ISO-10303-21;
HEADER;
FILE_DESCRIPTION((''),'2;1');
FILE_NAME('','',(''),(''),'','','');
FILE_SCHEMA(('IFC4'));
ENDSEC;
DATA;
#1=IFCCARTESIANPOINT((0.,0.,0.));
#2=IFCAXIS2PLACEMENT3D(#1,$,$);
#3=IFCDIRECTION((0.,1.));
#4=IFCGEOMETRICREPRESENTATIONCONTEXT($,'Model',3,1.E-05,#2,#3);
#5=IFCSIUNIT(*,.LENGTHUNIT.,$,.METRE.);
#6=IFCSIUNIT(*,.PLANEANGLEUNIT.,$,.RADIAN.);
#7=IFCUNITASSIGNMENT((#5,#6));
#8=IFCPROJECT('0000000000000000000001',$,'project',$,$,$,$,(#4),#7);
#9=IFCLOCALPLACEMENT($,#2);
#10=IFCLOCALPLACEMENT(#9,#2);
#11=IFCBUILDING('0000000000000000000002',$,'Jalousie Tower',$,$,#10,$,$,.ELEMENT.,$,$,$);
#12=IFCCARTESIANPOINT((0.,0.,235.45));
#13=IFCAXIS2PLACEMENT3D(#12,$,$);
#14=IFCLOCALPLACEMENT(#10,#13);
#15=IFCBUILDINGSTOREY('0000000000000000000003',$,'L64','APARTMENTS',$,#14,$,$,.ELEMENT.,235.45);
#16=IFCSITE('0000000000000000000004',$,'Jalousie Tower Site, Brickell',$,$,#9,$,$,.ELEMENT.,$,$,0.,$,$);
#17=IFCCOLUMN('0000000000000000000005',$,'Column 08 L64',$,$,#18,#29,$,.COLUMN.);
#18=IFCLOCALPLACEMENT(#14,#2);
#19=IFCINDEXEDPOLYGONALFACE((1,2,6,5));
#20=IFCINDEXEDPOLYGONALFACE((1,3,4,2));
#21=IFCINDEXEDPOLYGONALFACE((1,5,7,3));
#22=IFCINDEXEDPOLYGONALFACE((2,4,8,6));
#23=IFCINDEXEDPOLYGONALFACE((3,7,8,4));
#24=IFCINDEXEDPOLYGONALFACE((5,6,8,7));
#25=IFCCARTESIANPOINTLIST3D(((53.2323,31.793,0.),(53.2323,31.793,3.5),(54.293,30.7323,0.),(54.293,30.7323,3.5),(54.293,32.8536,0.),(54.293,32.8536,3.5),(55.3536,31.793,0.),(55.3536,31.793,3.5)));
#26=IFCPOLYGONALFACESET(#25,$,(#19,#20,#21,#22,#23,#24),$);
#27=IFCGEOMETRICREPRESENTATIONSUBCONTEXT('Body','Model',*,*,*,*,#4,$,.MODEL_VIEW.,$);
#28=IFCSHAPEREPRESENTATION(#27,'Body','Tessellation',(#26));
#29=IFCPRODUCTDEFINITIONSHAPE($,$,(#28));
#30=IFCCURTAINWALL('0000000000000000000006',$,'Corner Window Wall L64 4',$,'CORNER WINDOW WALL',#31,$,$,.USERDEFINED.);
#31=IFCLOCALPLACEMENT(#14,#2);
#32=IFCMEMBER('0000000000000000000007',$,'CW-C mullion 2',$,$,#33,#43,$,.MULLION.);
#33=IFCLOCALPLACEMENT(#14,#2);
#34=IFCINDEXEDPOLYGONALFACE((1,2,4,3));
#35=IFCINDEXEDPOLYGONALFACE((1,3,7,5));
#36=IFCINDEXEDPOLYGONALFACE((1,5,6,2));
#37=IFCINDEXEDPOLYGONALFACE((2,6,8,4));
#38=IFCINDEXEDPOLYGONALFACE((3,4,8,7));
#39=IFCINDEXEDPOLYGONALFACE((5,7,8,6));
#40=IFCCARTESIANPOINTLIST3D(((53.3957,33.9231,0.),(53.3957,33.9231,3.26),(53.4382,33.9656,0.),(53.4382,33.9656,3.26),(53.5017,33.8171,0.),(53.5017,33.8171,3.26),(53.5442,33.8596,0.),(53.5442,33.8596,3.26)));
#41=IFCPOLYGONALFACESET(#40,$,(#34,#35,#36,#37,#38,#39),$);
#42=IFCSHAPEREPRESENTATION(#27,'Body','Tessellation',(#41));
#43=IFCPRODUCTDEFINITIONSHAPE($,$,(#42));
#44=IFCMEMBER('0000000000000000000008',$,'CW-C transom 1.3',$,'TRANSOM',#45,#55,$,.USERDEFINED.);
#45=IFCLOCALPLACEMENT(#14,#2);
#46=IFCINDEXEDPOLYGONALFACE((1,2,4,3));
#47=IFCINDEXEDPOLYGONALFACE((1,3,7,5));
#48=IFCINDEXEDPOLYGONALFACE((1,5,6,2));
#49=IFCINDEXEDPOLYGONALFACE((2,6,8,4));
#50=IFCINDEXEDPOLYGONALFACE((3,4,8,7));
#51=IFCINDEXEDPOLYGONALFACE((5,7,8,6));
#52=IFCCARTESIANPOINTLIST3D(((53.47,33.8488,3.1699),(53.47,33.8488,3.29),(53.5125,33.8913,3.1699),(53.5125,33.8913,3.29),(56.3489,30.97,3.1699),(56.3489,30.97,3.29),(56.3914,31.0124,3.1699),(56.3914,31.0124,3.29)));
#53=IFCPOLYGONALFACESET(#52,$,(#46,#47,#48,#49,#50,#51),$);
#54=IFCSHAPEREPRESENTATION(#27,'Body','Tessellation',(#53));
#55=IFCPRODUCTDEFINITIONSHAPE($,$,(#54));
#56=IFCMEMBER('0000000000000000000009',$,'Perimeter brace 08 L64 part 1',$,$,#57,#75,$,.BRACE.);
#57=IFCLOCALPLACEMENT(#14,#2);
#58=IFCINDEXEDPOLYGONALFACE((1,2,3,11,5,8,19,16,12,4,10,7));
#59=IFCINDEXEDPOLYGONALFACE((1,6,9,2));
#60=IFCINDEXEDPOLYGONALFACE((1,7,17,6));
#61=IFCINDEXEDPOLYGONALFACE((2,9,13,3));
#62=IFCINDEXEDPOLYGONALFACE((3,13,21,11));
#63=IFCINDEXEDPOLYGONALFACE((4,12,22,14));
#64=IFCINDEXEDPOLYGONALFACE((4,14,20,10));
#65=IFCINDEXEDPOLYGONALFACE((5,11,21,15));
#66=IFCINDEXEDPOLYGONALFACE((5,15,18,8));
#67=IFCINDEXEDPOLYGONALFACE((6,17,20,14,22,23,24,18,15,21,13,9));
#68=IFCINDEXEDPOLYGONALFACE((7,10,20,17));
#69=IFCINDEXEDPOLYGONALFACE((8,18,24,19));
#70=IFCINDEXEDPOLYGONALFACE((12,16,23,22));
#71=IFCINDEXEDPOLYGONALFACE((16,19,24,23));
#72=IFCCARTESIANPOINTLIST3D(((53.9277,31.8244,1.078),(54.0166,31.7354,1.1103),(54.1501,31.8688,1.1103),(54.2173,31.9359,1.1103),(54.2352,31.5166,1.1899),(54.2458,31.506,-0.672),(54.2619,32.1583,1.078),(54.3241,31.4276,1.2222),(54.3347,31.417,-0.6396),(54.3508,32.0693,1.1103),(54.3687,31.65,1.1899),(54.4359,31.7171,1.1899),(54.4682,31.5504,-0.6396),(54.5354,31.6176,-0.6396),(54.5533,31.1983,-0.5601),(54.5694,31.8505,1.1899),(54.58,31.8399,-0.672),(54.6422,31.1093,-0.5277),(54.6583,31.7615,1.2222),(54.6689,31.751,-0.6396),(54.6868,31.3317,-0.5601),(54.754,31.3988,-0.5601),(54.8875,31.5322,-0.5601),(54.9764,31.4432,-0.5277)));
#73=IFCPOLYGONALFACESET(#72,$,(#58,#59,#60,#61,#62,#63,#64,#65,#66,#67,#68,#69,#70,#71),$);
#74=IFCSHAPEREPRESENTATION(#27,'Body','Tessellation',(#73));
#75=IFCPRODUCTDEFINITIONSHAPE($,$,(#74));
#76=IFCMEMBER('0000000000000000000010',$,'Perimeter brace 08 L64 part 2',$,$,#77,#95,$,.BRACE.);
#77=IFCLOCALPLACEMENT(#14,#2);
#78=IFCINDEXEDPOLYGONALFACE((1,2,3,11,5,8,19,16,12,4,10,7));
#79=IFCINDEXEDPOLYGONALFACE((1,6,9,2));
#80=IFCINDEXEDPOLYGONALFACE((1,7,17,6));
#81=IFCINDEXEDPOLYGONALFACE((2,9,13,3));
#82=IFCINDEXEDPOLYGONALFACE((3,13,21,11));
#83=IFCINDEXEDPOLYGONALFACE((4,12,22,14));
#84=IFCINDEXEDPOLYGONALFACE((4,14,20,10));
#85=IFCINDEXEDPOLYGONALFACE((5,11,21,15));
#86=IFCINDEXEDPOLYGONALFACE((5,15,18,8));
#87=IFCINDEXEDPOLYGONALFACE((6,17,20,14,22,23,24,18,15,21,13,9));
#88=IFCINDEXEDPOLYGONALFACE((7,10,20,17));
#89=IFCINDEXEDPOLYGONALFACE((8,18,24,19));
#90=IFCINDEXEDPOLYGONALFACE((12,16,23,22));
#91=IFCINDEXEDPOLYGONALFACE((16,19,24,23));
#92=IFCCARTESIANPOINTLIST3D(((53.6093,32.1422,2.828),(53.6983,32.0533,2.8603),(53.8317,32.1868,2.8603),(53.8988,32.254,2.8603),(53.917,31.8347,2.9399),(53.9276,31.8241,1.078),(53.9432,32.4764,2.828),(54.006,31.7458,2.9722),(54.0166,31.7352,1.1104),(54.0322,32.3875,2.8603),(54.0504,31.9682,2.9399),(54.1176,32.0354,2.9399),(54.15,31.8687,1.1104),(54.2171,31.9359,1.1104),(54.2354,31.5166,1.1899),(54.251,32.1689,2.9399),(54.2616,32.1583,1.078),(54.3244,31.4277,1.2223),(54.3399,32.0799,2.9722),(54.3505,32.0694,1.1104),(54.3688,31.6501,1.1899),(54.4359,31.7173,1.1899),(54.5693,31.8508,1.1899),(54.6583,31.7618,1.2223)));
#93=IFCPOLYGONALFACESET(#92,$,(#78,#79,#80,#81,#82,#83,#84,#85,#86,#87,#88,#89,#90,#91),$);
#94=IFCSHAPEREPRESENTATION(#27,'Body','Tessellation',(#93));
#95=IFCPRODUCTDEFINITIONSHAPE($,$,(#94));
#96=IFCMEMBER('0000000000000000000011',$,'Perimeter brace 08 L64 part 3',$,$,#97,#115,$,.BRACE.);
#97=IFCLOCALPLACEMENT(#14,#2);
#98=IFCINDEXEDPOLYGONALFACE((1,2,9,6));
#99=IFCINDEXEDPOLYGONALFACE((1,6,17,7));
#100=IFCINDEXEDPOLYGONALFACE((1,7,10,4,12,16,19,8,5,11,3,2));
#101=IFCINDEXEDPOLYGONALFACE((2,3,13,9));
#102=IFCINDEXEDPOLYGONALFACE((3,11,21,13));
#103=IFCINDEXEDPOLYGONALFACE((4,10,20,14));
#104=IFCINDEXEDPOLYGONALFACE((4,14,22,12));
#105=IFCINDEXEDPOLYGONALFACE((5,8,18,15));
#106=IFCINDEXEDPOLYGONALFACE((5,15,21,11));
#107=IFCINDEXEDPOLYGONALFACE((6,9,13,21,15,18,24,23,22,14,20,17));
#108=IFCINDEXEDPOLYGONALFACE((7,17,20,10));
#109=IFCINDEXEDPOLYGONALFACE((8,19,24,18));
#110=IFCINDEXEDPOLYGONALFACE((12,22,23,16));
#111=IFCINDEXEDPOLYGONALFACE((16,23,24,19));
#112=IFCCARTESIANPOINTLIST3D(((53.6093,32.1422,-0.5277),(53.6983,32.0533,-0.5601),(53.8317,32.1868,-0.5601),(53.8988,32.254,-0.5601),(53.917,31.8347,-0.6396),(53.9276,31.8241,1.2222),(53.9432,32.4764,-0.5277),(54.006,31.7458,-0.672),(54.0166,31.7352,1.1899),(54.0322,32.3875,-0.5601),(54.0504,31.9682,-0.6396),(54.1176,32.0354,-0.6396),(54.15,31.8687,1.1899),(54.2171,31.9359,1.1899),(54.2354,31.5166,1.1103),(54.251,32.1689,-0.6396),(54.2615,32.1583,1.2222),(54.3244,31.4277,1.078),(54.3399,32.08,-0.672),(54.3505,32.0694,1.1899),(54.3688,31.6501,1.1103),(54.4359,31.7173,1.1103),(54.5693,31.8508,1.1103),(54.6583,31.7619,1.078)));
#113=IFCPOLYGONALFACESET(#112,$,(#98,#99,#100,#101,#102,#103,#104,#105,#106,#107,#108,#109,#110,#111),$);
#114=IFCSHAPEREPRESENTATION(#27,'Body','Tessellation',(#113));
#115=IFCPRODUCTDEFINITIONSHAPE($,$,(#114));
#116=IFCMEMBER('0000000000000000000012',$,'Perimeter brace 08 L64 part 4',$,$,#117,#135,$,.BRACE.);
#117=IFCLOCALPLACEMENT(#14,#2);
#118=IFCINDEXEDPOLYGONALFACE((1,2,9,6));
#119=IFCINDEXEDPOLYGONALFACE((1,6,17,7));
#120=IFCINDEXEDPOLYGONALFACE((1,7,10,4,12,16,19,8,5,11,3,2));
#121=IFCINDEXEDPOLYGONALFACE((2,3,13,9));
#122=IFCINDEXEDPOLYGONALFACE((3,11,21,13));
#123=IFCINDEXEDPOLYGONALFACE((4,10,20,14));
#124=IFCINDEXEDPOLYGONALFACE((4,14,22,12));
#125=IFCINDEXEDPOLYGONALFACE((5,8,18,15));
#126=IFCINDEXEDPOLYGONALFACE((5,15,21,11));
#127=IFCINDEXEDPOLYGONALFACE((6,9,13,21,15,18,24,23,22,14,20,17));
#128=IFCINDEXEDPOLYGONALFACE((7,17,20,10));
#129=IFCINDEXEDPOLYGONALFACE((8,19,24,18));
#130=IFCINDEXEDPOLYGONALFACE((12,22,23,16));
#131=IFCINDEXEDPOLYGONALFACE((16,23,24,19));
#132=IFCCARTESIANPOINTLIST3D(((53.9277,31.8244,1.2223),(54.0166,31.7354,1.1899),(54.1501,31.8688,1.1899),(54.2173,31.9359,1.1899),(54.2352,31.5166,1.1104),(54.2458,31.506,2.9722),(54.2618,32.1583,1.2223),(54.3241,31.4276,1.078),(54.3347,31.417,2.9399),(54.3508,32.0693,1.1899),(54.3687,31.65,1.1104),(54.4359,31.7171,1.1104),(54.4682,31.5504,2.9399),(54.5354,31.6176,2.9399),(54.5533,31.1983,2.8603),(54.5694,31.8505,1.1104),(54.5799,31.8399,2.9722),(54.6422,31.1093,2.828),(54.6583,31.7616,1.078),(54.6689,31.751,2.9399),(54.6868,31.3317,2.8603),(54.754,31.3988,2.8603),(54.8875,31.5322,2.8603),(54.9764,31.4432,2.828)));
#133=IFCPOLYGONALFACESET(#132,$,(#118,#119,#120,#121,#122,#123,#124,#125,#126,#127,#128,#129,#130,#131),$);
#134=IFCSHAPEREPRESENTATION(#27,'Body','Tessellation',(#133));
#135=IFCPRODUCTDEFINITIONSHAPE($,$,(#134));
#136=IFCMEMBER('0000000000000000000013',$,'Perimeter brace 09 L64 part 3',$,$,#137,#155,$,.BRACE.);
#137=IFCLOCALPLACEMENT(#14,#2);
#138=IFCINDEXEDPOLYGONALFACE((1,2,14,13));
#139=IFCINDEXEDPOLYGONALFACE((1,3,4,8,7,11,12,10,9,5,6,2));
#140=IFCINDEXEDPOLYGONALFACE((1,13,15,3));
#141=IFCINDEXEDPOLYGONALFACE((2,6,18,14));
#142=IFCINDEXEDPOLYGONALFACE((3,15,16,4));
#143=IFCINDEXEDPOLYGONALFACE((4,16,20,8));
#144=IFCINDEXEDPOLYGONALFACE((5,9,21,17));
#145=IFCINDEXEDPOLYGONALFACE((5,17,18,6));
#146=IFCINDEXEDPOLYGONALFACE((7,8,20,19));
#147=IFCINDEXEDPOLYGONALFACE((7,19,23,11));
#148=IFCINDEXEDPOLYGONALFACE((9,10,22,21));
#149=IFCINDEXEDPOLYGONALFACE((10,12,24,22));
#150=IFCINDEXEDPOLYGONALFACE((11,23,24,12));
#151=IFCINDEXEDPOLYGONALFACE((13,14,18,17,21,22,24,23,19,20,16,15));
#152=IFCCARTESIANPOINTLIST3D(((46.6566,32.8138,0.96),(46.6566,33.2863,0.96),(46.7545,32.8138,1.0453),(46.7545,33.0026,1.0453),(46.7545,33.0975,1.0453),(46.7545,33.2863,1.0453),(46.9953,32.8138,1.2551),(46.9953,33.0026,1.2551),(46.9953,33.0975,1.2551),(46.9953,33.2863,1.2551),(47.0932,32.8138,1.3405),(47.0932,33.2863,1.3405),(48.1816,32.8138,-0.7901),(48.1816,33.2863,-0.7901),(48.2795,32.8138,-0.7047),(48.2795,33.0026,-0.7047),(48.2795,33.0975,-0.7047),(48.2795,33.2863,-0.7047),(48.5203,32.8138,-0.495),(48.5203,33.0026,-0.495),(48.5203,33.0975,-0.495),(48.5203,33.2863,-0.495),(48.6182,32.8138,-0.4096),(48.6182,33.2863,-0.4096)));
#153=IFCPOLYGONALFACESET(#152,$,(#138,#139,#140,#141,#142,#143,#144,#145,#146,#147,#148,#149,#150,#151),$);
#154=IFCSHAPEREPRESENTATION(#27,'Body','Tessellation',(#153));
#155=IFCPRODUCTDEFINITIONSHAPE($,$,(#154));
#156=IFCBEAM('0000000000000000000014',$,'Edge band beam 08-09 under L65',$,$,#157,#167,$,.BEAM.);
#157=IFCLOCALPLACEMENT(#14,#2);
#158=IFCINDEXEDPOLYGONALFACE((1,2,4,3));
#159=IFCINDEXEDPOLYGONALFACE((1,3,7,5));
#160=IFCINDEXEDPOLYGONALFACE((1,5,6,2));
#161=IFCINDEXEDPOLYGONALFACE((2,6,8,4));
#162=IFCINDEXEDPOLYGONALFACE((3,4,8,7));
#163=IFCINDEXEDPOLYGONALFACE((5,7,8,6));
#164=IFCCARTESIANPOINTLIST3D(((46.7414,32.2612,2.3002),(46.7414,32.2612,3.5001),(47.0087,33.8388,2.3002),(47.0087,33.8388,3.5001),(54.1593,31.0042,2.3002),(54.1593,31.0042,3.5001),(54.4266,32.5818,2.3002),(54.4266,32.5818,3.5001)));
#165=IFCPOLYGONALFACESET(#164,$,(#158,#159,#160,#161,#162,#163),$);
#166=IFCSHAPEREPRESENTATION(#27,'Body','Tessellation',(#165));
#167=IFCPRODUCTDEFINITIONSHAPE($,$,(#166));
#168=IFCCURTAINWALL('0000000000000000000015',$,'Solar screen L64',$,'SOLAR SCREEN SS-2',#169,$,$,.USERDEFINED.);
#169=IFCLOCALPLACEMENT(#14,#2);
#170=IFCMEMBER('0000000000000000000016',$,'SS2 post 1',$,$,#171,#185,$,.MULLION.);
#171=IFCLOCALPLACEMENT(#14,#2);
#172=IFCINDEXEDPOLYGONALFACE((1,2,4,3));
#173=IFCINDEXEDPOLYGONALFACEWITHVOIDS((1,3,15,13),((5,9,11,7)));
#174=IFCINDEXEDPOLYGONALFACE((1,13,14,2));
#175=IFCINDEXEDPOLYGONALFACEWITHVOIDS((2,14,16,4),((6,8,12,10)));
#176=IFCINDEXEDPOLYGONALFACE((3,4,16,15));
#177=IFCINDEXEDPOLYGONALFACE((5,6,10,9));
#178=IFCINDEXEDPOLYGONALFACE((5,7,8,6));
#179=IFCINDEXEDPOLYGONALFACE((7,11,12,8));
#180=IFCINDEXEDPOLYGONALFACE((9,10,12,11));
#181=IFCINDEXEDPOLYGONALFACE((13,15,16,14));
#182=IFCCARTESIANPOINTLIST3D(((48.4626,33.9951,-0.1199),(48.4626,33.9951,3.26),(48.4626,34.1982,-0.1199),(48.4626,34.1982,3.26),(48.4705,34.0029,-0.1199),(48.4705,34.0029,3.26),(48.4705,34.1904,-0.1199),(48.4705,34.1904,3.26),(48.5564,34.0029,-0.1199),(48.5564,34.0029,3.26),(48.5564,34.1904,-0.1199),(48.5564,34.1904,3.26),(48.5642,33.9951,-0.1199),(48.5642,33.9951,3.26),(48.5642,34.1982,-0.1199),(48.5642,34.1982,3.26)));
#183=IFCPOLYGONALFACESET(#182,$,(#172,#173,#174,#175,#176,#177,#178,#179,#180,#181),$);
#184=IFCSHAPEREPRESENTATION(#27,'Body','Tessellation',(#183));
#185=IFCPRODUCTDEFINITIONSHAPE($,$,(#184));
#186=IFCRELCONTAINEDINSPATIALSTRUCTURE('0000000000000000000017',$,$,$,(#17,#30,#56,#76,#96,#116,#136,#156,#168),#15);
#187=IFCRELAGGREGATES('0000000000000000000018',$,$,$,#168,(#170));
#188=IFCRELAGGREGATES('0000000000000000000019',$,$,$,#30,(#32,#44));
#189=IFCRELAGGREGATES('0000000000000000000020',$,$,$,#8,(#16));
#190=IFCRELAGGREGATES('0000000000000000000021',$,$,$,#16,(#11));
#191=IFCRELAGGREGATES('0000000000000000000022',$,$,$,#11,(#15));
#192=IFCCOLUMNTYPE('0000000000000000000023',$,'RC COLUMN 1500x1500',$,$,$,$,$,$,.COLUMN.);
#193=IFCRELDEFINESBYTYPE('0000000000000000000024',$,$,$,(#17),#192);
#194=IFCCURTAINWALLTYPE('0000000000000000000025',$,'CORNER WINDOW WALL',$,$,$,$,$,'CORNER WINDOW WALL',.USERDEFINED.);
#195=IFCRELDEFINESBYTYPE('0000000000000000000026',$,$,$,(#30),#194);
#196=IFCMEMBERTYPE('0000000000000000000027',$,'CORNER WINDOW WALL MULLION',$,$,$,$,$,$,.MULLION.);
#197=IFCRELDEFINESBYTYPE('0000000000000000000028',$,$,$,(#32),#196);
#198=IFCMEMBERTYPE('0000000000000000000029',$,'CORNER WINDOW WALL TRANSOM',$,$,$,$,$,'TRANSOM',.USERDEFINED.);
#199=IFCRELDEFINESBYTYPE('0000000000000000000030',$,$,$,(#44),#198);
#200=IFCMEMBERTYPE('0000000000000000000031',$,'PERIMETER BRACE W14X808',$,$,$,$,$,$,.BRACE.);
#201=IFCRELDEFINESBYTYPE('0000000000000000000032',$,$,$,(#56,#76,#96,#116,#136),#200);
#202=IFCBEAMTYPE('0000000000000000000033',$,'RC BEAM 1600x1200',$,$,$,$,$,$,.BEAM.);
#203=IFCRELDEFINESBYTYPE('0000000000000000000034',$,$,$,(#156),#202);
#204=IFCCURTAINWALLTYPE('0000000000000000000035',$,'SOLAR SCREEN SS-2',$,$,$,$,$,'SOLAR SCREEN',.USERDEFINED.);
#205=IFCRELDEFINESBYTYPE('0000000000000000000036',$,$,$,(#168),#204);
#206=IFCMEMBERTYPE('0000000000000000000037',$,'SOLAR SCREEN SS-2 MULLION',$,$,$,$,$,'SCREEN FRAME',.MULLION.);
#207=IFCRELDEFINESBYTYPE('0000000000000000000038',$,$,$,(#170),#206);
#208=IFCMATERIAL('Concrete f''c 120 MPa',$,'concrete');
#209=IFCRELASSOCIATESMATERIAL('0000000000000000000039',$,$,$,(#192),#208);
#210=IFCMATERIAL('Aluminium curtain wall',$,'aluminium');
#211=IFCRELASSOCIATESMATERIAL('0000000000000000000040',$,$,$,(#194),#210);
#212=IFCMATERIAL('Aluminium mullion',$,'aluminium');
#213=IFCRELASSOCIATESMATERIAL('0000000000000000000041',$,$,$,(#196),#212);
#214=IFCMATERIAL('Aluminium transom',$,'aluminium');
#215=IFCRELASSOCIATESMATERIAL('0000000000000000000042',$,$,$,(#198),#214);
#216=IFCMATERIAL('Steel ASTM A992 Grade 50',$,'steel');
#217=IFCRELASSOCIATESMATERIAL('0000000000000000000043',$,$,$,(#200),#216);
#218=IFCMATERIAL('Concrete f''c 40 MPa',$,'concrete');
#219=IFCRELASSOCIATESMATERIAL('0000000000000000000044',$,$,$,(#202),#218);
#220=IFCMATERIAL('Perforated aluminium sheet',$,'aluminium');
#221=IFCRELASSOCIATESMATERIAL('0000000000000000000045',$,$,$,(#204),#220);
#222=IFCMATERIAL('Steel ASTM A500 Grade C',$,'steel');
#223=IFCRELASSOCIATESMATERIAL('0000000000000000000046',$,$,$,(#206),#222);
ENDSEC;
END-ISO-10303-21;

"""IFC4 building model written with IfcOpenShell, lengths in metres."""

from ifc_helpers import new_model, si_unit, direction, frame, origin, origin_2d, place, context, subcontext, project, spatial, rectangle, hollow_rectangle, i_section, extrude, material, material_profile, profile_set, type_object, element, aggregate, save


model = new_model("IFC4")

# Units and contexts
model_context = context("Model", 3, precision=1e-05, world=origin(), true_north=direction((0.0, 1.0)))
body_context = subcontext(model_context, "Body", "Model", "MODEL_VIEW")
ifc_project = project(units=[si_unit("LENGTHUNIT", "METRE"), si_unit("PLANEANGLEUNIT", "RADIAN")], contexts=[model_context])

# Site, building, storey
site_placement = place(None, origin())
site = spatial("IfcSite", under=ifc_project, at=site_placement, Name="Jalousie Tower Site, Brickell", CompositionType="ELEMENT", RefElevation=0.0)
building_placement = place(site_placement, origin())
building = spatial("IfcBuilding", under=site, at=building_placement, Name="Jalousie Tower", CompositionType="ELEMENT")
storey_placement = place(building_placement, frame((0.0, 0.0, 235.45)))
storey = spatial("IfcBuildingStorey", under=building, at=storey_placement, Name="L64", Description="APARTMENTS", CompositionType="ELEMENT", Elevation=235.45)

# Column
ifc_material_1 = material(Name="Concrete f'c 120 MPa", Category="concrete")
ifc_material_profile_1 = material_profile(ifc_material_1, rectangle(XDim=1.5, YDim=1.5, at=origin_2d()), Name="RC 1500x1500")
ifc_profile_set_1 = profile_set([ifc_material_profile_1], Name="Concrete f'c 120 MPa")
column_type = type_object("IfcColumnType", Name="RC COLUMN 1500x1500", PredefinedType="COLUMN", material=ifc_profile_set_1)
column_placement = place(storey_placement, frame((54.293, 31.793, 0.0), z_axis=(0.0, 0.0, 1.0), x_axis=(0.707107, 0.707107, 0.0)))
element("IfcColumn", 1, at=column_placement, inside=storey, type_object=column_type, Name="Column 08 L64", PredefinedType="COLUMN", context=body_context, shape_type="SweptSolid", body=[
    extrude(rectangle(XDim=1.5, YDim=1.5, at=origin_2d()), origin(), (0.0, 0.0, 1.0), 3.5),
])

# Curtain wall, members
ifc_material_2 = material(Name="Aluminium curtain wall", Category="aluminium")
curtain_wall_type_1 = type_object("IfcCurtainWallType", Name="CORNER WINDOW WALL", ElementType="CORNER WINDOW WALL", PredefinedType="USERDEFINED", material=ifc_material_2)
curtain_wall_1_placement = place(storey_placement, origin())
curtain_wall_1 = element("IfcCurtainWall", 2, at=curtain_wall_1_placement, inside=storey, type_object=curtain_wall_type_1, Name="Corner Window Wall L64 4", ObjectType="CORNER WINDOW WALL", PredefinedType="USERDEFINED")
ifc_material_3 = material(Name="Aluminium mullion", Category="aluminium")
ifc_material_profile_2 = material_profile(ifc_material_3, rectangle(XDim=0.0601, YDim=0.1499, at=origin_2d()), Name="MULLION 60x150")
ifc_profile_set_2 = profile_set([ifc_material_profile_2], Name="Aluminium mullion")
member_type_1 = type_object("IfcMemberType", Name="CORNER WINDOW WALL MULLION", PredefinedType="MULLION", material=ifc_profile_set_2)
member_1_placement = place(storey_placement, frame((53.47, 33.8914, 0.0), z_axis=(0.0, 0.0, 1.0), x_axis=(-0.707107, -0.707107, 0.0)))
member_1 = element("IfcMember", 3, at=member_1_placement, type_object=member_type_1, Name="CW-C mullion 2", PredefinedType="MULLION", context=body_context, shape_type="SweptSolid", body=[
    extrude(rectangle(XDim=0.0601, YDim=0.1499, at=origin_2d()), origin(), (0.0, 0.0, 1.0), 3.26),
])
ifc_material_4 = material(Name="Aluminium transom", Category="aluminium")
ifc_material_profile_3 = material_profile(ifc_material_4, rectangle(XDim=0.0601, YDim=0.1201, at=origin_2d()), Name="TRANSOM 60x120")
ifc_profile_set_3 = profile_set([ifc_material_profile_3], Name="Aluminium transom")
member_type_2 = type_object("IfcMemberType", Name="CORNER WINDOW WALL TRANSOM", ElementType="TRANSOM", PredefinedType="USERDEFINED", material=ifc_profile_set_3)
member_2_placement = place(storey_placement, frame((56.3701, 30.9912, 3.23), z_axis=(-0.707107, 0.707107, 0.0), x_axis=(-0.707107, -0.707107, 0.0)))
member_2 = element("IfcMember", 4, at=member_2_placement, type_object=member_type_2, Name="CW-C transom 1.3", ObjectType="TRANSOM", PredefinedType="USERDEFINED", context=body_context, shape_type="SweptSolid", body=[
    extrude(rectangle(XDim=0.0601, YDim=0.1201, at=origin_2d()), origin(), (0.0, 0.0, 1.0), 4.0713),
])

# Members
ifc_material_5 = material(Name="Steel ASTM A992 Grade 50", Category="steel")
ifc_material_profile_4 = material_profile(ifc_material_5, i_section(OverallWidth=0.4724, OverallDepth=0.5791, WebThickness=0.095, FlangeThickness=0.1299, at=origin_2d()), Name="W14X808")
ifc_profile_set_4 = profile_set([ifc_material_profile_4], Name="Steel ASTM A992 Grade 50")
member_type_3 = type_object("IfcMemberType", Name="PERIMETER BRACE W14X808", PredefinedType="BRACE", material=ifc_profile_set_4)
for number, where, z_axis, x_axis, name in (
    (5, (54.6111, 31.4746, -0.5999), (-0.176051, 0.176187, 0.968486), (-0.707378, -0.706835, 0.0), "Perimeter brace 08 L64 part 1"),
    (6, (54.293, 31.793, 1.1501), (-0.176187, 0.176051, 0.968486), (-0.706835, -0.707378, 0.0), "Perimeter brace 08 L64 part 2"),
    (7, (53.9746, 32.1111, -0.5999), (0.176187, -0.176051, 0.968486), (0.706835, 0.707378, 0.0), "Perimeter brace 08 L64 part 3"),
    (8, (54.293, 31.793, 1.1501), (0.176051, -0.176187, 0.968486), (0.707378, 0.706835, 0.0), "Perimeter brace 08 L64 part 4"),
):
    element("IfcMember", number, at=place(storey_placement, frame(where, z_axis=z_axis, x_axis=x_axis)), inside=storey, type_object=member_type_3, Name=name, PredefinedType="BRACE", context=body_context, shape_type="SweptSolid", body=[
        extrude(i_section(OverallWidth=0.4724, OverallDepth=0.5791, WebThickness=0.095, FlangeThickness=0.1299, at=origin_2d()), origin(), (0.0, 0.0, 1.0), 1.8069),
    ])
member_3_placement = place(storey_placement, frame((48.3999, 33.05, -0.5999), z_axis=(-0.656954, 0.0, 0.75393), x_axis=(0.0, -1.0, 0.0)))
element("IfcMember", 9, at=member_3_placement, inside=storey, type_object=member_type_3, Name="Perimeter brace 09 L64 part 3", PredefinedType="BRACE", context=body_context, shape_type="SweptSolid", body=[
    extrude(i_section(OverallWidth=0.4724, OverallDepth=0.5791, WebThickness=0.095, FlangeThickness=0.1299, at=origin_2d()), origin(), (0.0, 0.0, 1.0), 2.3213),
])

# Beam
ifc_material_6 = material(Name="Concrete f'c 40 MPa", Category="concrete")
ifc_material_profile_5 = material_profile(ifc_material_6, rectangle(XDim=1.6001, YDim=1.2, at=origin_2d()), Name="RC 1600x1200")
ifc_profile_set_5 = profile_set([ifc_material_profile_5], Name="Concrete f'c 40 MPa")
beam_type = type_object("IfcBeamType", Name="RC BEAM 1600x1200", PredefinedType="BEAM", material=ifc_profile_set_5)
beam_placement = place(storey_placement, frame((54.293, 31.793, 2.9001), z_axis=(-0.985943, 0.167082, 0.0), x_axis=(-0.167082, -0.985943, 0.0)))
element("IfcBeam", 10, at=beam_placement, inside=storey, type_object=beam_type, Name="Edge band beam 08-09 under L65", PredefinedType="BEAM", context=body_context, shape_type="SweptSolid", body=[
    extrude(rectangle(XDim=1.6001, YDim=1.2, at=origin_2d()), origin(), (0.0, 0.0, 1.0), 7.5237),
])

# Curtain wall, member
ifc_material_7 = material(Name="Perforated aluminium sheet", Category="aluminium")
curtain_wall_type_2 = type_object("IfcCurtainWallType", Name="SOLAR SCREEN SS-2", ElementType="SOLAR SCREEN", PredefinedType="USERDEFINED", material=ifc_material_7)
curtain_wall_2_placement = place(storey_placement, origin())
curtain_wall_2 = element("IfcCurtainWall", 11, at=curtain_wall_2_placement, inside=storey, type_object=curtain_wall_type_2, Name="Solar screen L64", ObjectType="SOLAR SCREEN SS-2", PredefinedType="USERDEFINED")
ifc_material_8 = material(Name="Steel ASTM A500 Grade C", Category="steel")
ifc_material_profile_6 = material_profile(ifc_material_8, hollow_rectangle(XDim=0.1016, YDim=0.2031, WallThickness=0.0078, at=origin_2d()), Name="HSS8X4X5/16")
ifc_profile_set_6 = profile_set([ifc_material_profile_6], Name="Steel ASTM A500 Grade C")
member_type_4 = type_object("IfcMemberType", Name="SOLAR SCREEN SS-2 MULLION", ElementType="SCREEN FRAME", PredefinedType="MULLION", material=ifc_profile_set_6)
member_4_placement = place(storey_placement, frame((48.5134, 34.0967, -0.1199), z_axis=(0.0, 0.0, 1.0), x_axis=(-1.0, 0.0, 0.0)))
member_4 = element("IfcMember", 12, at=member_4_placement, type_object=member_type_4, Name="SS2 post 1", PredefinedType="MULLION", context=body_context, shape_type="SweptSolid", body=[
    extrude(hollow_rectangle(XDim=0.1016, YDim=0.2031, WallThickness=0.0078, at=origin_2d()), origin(), (0.0, 0.0, 1.0), 3.3799),
])
aggregate(curtain_wall_2, [member_4])

aggregate(curtain_wall_1, [member_1, member_2])

save(model, "model.ifc")
